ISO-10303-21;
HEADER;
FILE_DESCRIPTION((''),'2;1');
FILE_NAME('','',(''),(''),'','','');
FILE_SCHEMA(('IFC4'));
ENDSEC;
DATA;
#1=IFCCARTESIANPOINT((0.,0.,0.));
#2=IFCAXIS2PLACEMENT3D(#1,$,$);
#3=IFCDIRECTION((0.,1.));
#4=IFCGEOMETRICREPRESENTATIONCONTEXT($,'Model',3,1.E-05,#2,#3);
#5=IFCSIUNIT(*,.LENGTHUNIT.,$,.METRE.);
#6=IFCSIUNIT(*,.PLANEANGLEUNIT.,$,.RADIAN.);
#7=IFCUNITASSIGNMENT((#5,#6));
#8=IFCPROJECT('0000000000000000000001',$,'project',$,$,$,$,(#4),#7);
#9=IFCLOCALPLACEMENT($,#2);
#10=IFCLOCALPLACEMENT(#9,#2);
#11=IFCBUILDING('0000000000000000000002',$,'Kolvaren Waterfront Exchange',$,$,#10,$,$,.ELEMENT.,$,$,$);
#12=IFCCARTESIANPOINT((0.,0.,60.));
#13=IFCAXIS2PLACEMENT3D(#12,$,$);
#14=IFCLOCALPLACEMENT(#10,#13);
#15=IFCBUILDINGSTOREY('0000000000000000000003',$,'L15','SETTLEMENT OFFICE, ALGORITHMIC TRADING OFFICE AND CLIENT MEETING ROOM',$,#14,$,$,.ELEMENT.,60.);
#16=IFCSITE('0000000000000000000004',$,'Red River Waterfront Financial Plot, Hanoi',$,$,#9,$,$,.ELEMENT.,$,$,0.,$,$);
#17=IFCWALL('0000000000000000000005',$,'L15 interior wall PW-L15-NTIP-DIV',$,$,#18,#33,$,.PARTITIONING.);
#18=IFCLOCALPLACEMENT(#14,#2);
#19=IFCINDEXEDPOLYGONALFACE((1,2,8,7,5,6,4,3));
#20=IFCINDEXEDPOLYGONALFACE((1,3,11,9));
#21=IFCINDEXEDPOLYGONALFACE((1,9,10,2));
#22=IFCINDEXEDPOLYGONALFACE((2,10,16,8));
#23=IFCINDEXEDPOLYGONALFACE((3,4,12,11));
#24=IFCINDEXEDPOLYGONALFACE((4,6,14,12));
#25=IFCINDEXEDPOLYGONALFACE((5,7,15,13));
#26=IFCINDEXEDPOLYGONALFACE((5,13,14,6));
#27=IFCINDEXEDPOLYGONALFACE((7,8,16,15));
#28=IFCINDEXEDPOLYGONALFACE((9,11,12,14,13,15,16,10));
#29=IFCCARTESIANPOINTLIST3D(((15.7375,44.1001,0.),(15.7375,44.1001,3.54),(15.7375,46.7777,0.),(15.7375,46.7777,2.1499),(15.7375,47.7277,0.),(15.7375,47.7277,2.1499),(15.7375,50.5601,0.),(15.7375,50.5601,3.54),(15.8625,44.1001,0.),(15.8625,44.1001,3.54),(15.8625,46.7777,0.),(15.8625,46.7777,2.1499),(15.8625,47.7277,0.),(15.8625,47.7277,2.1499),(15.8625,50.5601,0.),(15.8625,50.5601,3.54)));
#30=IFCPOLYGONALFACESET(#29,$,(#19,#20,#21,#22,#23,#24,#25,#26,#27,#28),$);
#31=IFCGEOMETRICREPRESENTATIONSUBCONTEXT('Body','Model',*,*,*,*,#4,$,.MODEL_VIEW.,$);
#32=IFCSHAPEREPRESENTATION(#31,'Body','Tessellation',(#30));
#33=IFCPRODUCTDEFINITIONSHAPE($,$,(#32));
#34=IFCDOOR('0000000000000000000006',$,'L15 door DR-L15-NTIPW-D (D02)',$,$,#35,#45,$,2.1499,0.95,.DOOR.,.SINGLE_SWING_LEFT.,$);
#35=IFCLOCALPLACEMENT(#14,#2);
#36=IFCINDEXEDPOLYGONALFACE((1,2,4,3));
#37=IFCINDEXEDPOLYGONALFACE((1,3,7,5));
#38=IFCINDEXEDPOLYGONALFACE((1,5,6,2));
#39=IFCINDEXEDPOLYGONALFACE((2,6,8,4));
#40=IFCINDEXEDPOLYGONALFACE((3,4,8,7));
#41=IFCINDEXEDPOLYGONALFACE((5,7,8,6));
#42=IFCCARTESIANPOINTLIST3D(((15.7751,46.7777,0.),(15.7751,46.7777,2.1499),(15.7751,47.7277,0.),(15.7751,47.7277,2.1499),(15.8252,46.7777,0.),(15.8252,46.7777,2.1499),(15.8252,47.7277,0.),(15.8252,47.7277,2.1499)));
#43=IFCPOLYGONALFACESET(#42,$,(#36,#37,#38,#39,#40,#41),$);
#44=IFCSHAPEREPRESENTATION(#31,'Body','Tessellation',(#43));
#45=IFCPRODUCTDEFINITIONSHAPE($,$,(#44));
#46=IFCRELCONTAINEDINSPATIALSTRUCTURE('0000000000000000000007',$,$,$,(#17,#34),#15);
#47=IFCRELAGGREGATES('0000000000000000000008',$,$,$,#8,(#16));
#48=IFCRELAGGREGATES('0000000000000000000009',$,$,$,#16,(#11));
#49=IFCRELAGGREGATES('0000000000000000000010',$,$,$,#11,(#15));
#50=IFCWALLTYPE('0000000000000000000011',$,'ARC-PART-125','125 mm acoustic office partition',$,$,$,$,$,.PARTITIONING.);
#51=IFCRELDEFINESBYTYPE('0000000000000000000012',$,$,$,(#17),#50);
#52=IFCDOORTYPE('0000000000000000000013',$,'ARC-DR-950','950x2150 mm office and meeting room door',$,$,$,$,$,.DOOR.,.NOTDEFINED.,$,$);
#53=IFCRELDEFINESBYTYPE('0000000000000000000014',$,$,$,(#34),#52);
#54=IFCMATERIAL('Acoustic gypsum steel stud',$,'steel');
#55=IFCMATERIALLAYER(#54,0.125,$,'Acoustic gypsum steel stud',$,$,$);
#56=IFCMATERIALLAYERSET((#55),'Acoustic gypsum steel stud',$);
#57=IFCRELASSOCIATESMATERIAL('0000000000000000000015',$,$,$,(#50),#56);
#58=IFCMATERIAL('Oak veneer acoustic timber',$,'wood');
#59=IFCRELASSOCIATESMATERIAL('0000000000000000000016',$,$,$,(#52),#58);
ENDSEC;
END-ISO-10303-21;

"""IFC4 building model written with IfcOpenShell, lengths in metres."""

from ifc_helpers import new_model, si_unit, direction, frame, frame_2d, origin, place, context, subcontext, project, spatial, rectangle, extrude, material, layer, layer_set, type_object, element, fill, save


model = new_model("IFC4")

# Units and contexts
model_context = context("Model", 3, precision=1e-05, world=origin(), true_north=direction((0.0, 1.0)))
body_context = subcontext(model_context, "Body", "Model", "MODEL_VIEW")
ifc_project = project(units=[si_unit("LENGTHUNIT", "METRE"), si_unit("PLANEANGLEUNIT", "RADIAN")], contexts=[model_context])

# Site, building, storey
site_placement = place(None, origin())
site = spatial("IfcSite", under=ifc_project, at=site_placement, Name="Red River Waterfront Financial Plot, Hanoi", CompositionType="ELEMENT", RefElevation=0.0)
building_placement = place(site_placement, origin())
building = spatial("IfcBuilding", under=site, at=building_placement, Name="Kolvaren Waterfront Exchange", CompositionType="ELEMENT")
storey_placement = place(building_placement, frame((0.0, 0.0, 60.0)))
storey = spatial("IfcBuildingStorey", under=building, at=storey_placement, Name="L15", Description="SETTLEMENT OFFICE, ALGORITHMIC TRADING OFFICE AND CLIENT MEETING ROOM", CompositionType="ELEMENT", Elevation=60.0)

# Shared definitions
ifc_material_1 = material(Name="Acoustic gypsum steel stud", Category="steel")
ifc_layer_1 = layer(ifc_material_1, 0.125, Name="Acoustic gypsum steel stud")
ifc_layer_set_1 = layer_set([ifc_layer_1], Name="Acoustic gypsum steel stud")
wall_type_1 = type_object("IfcWallType", Name="ARC-PART-125", Description="125 mm acoustic office partition", PredefinedType="PARTITIONING", material=ifc_layer_set_1)

# Wall, opening, door
wall_1_placement = place(storey_placement, frame((15.8, 44.1001, 0.0), z_axis=(0.0, 0.0, 1.0), x_axis=(0.0, 1.0, 0.0)))
wall_1 = element("IfcWall", 1, at=wall_1_placement, inside=storey, type_object=wall_type_1, Name="L15 interior wall PW-L15-NTIP-DIV", PredefinedType="PARTITIONING", context=body_context, shape_type="SweptSolid", body=[
    extrude(rectangle(XDim=6.46, YDim=0.125, at=frame_2d((3.23, 0.0))), origin(), (0.0, 0.0, 1.0), 3.54),
])
opening_1_placement = place(wall_1_placement, frame((2.6775, 0.0, 0.0)))
opening_1 = element("IfcOpeningElement", 2, at=opening_1_placement, cuts=wall_1, PredefinedType="OPENING", context=body_context, shape_type="SweptSolid", body=[
    extrude(rectangle(XDim=0.95, YDim=2.1499, at=frame_2d((0.4751, 1.075))), frame((0.0, 0.0725, 0.0), z_axis=(0.0, -1.0, 0.0), x_axis=(1.0, 0.0, 0.0)), (0.0, 0.0, 1.0), 0.145),
])
ifc_material_2 = material(Name="Oak veneer acoustic timber", Category="wood")
door_type_1 = type_object("IfcDoorType", Name="ARC-DR-950", Description="950x2150 mm office and meeting room door", OperationType="NOTDEFINED", PredefinedType="DOOR", material=ifc_material_2)
door_1_placement = place(opening_1_placement, origin())
door_1 = element("IfcDoor", 3, at=door_1_placement, inside=storey, type_object=door_type_1, Name="L15 door DR-L15-NTIPW-D (D02)", OperationType="SINGLE_SWING_LEFT", OverallHeight=2.1499, OverallWidth=0.95, PredefinedType="DOOR", context=body_context, shape_type="SweptSolid", body=[
    extrude(rectangle(XDim=0.95, YDim=2.1499, at=frame_2d((0.4751, 1.075))), frame((0.0, 0.0249, 0.0), z_axis=(0.0, -1.0, 0.0), x_axis=(1.0, 0.0, 0.0)), (0.0, 0.0, 1.0), 0.05),
])
fill(opening_1, door_1)

save(model, "model.ifc")
